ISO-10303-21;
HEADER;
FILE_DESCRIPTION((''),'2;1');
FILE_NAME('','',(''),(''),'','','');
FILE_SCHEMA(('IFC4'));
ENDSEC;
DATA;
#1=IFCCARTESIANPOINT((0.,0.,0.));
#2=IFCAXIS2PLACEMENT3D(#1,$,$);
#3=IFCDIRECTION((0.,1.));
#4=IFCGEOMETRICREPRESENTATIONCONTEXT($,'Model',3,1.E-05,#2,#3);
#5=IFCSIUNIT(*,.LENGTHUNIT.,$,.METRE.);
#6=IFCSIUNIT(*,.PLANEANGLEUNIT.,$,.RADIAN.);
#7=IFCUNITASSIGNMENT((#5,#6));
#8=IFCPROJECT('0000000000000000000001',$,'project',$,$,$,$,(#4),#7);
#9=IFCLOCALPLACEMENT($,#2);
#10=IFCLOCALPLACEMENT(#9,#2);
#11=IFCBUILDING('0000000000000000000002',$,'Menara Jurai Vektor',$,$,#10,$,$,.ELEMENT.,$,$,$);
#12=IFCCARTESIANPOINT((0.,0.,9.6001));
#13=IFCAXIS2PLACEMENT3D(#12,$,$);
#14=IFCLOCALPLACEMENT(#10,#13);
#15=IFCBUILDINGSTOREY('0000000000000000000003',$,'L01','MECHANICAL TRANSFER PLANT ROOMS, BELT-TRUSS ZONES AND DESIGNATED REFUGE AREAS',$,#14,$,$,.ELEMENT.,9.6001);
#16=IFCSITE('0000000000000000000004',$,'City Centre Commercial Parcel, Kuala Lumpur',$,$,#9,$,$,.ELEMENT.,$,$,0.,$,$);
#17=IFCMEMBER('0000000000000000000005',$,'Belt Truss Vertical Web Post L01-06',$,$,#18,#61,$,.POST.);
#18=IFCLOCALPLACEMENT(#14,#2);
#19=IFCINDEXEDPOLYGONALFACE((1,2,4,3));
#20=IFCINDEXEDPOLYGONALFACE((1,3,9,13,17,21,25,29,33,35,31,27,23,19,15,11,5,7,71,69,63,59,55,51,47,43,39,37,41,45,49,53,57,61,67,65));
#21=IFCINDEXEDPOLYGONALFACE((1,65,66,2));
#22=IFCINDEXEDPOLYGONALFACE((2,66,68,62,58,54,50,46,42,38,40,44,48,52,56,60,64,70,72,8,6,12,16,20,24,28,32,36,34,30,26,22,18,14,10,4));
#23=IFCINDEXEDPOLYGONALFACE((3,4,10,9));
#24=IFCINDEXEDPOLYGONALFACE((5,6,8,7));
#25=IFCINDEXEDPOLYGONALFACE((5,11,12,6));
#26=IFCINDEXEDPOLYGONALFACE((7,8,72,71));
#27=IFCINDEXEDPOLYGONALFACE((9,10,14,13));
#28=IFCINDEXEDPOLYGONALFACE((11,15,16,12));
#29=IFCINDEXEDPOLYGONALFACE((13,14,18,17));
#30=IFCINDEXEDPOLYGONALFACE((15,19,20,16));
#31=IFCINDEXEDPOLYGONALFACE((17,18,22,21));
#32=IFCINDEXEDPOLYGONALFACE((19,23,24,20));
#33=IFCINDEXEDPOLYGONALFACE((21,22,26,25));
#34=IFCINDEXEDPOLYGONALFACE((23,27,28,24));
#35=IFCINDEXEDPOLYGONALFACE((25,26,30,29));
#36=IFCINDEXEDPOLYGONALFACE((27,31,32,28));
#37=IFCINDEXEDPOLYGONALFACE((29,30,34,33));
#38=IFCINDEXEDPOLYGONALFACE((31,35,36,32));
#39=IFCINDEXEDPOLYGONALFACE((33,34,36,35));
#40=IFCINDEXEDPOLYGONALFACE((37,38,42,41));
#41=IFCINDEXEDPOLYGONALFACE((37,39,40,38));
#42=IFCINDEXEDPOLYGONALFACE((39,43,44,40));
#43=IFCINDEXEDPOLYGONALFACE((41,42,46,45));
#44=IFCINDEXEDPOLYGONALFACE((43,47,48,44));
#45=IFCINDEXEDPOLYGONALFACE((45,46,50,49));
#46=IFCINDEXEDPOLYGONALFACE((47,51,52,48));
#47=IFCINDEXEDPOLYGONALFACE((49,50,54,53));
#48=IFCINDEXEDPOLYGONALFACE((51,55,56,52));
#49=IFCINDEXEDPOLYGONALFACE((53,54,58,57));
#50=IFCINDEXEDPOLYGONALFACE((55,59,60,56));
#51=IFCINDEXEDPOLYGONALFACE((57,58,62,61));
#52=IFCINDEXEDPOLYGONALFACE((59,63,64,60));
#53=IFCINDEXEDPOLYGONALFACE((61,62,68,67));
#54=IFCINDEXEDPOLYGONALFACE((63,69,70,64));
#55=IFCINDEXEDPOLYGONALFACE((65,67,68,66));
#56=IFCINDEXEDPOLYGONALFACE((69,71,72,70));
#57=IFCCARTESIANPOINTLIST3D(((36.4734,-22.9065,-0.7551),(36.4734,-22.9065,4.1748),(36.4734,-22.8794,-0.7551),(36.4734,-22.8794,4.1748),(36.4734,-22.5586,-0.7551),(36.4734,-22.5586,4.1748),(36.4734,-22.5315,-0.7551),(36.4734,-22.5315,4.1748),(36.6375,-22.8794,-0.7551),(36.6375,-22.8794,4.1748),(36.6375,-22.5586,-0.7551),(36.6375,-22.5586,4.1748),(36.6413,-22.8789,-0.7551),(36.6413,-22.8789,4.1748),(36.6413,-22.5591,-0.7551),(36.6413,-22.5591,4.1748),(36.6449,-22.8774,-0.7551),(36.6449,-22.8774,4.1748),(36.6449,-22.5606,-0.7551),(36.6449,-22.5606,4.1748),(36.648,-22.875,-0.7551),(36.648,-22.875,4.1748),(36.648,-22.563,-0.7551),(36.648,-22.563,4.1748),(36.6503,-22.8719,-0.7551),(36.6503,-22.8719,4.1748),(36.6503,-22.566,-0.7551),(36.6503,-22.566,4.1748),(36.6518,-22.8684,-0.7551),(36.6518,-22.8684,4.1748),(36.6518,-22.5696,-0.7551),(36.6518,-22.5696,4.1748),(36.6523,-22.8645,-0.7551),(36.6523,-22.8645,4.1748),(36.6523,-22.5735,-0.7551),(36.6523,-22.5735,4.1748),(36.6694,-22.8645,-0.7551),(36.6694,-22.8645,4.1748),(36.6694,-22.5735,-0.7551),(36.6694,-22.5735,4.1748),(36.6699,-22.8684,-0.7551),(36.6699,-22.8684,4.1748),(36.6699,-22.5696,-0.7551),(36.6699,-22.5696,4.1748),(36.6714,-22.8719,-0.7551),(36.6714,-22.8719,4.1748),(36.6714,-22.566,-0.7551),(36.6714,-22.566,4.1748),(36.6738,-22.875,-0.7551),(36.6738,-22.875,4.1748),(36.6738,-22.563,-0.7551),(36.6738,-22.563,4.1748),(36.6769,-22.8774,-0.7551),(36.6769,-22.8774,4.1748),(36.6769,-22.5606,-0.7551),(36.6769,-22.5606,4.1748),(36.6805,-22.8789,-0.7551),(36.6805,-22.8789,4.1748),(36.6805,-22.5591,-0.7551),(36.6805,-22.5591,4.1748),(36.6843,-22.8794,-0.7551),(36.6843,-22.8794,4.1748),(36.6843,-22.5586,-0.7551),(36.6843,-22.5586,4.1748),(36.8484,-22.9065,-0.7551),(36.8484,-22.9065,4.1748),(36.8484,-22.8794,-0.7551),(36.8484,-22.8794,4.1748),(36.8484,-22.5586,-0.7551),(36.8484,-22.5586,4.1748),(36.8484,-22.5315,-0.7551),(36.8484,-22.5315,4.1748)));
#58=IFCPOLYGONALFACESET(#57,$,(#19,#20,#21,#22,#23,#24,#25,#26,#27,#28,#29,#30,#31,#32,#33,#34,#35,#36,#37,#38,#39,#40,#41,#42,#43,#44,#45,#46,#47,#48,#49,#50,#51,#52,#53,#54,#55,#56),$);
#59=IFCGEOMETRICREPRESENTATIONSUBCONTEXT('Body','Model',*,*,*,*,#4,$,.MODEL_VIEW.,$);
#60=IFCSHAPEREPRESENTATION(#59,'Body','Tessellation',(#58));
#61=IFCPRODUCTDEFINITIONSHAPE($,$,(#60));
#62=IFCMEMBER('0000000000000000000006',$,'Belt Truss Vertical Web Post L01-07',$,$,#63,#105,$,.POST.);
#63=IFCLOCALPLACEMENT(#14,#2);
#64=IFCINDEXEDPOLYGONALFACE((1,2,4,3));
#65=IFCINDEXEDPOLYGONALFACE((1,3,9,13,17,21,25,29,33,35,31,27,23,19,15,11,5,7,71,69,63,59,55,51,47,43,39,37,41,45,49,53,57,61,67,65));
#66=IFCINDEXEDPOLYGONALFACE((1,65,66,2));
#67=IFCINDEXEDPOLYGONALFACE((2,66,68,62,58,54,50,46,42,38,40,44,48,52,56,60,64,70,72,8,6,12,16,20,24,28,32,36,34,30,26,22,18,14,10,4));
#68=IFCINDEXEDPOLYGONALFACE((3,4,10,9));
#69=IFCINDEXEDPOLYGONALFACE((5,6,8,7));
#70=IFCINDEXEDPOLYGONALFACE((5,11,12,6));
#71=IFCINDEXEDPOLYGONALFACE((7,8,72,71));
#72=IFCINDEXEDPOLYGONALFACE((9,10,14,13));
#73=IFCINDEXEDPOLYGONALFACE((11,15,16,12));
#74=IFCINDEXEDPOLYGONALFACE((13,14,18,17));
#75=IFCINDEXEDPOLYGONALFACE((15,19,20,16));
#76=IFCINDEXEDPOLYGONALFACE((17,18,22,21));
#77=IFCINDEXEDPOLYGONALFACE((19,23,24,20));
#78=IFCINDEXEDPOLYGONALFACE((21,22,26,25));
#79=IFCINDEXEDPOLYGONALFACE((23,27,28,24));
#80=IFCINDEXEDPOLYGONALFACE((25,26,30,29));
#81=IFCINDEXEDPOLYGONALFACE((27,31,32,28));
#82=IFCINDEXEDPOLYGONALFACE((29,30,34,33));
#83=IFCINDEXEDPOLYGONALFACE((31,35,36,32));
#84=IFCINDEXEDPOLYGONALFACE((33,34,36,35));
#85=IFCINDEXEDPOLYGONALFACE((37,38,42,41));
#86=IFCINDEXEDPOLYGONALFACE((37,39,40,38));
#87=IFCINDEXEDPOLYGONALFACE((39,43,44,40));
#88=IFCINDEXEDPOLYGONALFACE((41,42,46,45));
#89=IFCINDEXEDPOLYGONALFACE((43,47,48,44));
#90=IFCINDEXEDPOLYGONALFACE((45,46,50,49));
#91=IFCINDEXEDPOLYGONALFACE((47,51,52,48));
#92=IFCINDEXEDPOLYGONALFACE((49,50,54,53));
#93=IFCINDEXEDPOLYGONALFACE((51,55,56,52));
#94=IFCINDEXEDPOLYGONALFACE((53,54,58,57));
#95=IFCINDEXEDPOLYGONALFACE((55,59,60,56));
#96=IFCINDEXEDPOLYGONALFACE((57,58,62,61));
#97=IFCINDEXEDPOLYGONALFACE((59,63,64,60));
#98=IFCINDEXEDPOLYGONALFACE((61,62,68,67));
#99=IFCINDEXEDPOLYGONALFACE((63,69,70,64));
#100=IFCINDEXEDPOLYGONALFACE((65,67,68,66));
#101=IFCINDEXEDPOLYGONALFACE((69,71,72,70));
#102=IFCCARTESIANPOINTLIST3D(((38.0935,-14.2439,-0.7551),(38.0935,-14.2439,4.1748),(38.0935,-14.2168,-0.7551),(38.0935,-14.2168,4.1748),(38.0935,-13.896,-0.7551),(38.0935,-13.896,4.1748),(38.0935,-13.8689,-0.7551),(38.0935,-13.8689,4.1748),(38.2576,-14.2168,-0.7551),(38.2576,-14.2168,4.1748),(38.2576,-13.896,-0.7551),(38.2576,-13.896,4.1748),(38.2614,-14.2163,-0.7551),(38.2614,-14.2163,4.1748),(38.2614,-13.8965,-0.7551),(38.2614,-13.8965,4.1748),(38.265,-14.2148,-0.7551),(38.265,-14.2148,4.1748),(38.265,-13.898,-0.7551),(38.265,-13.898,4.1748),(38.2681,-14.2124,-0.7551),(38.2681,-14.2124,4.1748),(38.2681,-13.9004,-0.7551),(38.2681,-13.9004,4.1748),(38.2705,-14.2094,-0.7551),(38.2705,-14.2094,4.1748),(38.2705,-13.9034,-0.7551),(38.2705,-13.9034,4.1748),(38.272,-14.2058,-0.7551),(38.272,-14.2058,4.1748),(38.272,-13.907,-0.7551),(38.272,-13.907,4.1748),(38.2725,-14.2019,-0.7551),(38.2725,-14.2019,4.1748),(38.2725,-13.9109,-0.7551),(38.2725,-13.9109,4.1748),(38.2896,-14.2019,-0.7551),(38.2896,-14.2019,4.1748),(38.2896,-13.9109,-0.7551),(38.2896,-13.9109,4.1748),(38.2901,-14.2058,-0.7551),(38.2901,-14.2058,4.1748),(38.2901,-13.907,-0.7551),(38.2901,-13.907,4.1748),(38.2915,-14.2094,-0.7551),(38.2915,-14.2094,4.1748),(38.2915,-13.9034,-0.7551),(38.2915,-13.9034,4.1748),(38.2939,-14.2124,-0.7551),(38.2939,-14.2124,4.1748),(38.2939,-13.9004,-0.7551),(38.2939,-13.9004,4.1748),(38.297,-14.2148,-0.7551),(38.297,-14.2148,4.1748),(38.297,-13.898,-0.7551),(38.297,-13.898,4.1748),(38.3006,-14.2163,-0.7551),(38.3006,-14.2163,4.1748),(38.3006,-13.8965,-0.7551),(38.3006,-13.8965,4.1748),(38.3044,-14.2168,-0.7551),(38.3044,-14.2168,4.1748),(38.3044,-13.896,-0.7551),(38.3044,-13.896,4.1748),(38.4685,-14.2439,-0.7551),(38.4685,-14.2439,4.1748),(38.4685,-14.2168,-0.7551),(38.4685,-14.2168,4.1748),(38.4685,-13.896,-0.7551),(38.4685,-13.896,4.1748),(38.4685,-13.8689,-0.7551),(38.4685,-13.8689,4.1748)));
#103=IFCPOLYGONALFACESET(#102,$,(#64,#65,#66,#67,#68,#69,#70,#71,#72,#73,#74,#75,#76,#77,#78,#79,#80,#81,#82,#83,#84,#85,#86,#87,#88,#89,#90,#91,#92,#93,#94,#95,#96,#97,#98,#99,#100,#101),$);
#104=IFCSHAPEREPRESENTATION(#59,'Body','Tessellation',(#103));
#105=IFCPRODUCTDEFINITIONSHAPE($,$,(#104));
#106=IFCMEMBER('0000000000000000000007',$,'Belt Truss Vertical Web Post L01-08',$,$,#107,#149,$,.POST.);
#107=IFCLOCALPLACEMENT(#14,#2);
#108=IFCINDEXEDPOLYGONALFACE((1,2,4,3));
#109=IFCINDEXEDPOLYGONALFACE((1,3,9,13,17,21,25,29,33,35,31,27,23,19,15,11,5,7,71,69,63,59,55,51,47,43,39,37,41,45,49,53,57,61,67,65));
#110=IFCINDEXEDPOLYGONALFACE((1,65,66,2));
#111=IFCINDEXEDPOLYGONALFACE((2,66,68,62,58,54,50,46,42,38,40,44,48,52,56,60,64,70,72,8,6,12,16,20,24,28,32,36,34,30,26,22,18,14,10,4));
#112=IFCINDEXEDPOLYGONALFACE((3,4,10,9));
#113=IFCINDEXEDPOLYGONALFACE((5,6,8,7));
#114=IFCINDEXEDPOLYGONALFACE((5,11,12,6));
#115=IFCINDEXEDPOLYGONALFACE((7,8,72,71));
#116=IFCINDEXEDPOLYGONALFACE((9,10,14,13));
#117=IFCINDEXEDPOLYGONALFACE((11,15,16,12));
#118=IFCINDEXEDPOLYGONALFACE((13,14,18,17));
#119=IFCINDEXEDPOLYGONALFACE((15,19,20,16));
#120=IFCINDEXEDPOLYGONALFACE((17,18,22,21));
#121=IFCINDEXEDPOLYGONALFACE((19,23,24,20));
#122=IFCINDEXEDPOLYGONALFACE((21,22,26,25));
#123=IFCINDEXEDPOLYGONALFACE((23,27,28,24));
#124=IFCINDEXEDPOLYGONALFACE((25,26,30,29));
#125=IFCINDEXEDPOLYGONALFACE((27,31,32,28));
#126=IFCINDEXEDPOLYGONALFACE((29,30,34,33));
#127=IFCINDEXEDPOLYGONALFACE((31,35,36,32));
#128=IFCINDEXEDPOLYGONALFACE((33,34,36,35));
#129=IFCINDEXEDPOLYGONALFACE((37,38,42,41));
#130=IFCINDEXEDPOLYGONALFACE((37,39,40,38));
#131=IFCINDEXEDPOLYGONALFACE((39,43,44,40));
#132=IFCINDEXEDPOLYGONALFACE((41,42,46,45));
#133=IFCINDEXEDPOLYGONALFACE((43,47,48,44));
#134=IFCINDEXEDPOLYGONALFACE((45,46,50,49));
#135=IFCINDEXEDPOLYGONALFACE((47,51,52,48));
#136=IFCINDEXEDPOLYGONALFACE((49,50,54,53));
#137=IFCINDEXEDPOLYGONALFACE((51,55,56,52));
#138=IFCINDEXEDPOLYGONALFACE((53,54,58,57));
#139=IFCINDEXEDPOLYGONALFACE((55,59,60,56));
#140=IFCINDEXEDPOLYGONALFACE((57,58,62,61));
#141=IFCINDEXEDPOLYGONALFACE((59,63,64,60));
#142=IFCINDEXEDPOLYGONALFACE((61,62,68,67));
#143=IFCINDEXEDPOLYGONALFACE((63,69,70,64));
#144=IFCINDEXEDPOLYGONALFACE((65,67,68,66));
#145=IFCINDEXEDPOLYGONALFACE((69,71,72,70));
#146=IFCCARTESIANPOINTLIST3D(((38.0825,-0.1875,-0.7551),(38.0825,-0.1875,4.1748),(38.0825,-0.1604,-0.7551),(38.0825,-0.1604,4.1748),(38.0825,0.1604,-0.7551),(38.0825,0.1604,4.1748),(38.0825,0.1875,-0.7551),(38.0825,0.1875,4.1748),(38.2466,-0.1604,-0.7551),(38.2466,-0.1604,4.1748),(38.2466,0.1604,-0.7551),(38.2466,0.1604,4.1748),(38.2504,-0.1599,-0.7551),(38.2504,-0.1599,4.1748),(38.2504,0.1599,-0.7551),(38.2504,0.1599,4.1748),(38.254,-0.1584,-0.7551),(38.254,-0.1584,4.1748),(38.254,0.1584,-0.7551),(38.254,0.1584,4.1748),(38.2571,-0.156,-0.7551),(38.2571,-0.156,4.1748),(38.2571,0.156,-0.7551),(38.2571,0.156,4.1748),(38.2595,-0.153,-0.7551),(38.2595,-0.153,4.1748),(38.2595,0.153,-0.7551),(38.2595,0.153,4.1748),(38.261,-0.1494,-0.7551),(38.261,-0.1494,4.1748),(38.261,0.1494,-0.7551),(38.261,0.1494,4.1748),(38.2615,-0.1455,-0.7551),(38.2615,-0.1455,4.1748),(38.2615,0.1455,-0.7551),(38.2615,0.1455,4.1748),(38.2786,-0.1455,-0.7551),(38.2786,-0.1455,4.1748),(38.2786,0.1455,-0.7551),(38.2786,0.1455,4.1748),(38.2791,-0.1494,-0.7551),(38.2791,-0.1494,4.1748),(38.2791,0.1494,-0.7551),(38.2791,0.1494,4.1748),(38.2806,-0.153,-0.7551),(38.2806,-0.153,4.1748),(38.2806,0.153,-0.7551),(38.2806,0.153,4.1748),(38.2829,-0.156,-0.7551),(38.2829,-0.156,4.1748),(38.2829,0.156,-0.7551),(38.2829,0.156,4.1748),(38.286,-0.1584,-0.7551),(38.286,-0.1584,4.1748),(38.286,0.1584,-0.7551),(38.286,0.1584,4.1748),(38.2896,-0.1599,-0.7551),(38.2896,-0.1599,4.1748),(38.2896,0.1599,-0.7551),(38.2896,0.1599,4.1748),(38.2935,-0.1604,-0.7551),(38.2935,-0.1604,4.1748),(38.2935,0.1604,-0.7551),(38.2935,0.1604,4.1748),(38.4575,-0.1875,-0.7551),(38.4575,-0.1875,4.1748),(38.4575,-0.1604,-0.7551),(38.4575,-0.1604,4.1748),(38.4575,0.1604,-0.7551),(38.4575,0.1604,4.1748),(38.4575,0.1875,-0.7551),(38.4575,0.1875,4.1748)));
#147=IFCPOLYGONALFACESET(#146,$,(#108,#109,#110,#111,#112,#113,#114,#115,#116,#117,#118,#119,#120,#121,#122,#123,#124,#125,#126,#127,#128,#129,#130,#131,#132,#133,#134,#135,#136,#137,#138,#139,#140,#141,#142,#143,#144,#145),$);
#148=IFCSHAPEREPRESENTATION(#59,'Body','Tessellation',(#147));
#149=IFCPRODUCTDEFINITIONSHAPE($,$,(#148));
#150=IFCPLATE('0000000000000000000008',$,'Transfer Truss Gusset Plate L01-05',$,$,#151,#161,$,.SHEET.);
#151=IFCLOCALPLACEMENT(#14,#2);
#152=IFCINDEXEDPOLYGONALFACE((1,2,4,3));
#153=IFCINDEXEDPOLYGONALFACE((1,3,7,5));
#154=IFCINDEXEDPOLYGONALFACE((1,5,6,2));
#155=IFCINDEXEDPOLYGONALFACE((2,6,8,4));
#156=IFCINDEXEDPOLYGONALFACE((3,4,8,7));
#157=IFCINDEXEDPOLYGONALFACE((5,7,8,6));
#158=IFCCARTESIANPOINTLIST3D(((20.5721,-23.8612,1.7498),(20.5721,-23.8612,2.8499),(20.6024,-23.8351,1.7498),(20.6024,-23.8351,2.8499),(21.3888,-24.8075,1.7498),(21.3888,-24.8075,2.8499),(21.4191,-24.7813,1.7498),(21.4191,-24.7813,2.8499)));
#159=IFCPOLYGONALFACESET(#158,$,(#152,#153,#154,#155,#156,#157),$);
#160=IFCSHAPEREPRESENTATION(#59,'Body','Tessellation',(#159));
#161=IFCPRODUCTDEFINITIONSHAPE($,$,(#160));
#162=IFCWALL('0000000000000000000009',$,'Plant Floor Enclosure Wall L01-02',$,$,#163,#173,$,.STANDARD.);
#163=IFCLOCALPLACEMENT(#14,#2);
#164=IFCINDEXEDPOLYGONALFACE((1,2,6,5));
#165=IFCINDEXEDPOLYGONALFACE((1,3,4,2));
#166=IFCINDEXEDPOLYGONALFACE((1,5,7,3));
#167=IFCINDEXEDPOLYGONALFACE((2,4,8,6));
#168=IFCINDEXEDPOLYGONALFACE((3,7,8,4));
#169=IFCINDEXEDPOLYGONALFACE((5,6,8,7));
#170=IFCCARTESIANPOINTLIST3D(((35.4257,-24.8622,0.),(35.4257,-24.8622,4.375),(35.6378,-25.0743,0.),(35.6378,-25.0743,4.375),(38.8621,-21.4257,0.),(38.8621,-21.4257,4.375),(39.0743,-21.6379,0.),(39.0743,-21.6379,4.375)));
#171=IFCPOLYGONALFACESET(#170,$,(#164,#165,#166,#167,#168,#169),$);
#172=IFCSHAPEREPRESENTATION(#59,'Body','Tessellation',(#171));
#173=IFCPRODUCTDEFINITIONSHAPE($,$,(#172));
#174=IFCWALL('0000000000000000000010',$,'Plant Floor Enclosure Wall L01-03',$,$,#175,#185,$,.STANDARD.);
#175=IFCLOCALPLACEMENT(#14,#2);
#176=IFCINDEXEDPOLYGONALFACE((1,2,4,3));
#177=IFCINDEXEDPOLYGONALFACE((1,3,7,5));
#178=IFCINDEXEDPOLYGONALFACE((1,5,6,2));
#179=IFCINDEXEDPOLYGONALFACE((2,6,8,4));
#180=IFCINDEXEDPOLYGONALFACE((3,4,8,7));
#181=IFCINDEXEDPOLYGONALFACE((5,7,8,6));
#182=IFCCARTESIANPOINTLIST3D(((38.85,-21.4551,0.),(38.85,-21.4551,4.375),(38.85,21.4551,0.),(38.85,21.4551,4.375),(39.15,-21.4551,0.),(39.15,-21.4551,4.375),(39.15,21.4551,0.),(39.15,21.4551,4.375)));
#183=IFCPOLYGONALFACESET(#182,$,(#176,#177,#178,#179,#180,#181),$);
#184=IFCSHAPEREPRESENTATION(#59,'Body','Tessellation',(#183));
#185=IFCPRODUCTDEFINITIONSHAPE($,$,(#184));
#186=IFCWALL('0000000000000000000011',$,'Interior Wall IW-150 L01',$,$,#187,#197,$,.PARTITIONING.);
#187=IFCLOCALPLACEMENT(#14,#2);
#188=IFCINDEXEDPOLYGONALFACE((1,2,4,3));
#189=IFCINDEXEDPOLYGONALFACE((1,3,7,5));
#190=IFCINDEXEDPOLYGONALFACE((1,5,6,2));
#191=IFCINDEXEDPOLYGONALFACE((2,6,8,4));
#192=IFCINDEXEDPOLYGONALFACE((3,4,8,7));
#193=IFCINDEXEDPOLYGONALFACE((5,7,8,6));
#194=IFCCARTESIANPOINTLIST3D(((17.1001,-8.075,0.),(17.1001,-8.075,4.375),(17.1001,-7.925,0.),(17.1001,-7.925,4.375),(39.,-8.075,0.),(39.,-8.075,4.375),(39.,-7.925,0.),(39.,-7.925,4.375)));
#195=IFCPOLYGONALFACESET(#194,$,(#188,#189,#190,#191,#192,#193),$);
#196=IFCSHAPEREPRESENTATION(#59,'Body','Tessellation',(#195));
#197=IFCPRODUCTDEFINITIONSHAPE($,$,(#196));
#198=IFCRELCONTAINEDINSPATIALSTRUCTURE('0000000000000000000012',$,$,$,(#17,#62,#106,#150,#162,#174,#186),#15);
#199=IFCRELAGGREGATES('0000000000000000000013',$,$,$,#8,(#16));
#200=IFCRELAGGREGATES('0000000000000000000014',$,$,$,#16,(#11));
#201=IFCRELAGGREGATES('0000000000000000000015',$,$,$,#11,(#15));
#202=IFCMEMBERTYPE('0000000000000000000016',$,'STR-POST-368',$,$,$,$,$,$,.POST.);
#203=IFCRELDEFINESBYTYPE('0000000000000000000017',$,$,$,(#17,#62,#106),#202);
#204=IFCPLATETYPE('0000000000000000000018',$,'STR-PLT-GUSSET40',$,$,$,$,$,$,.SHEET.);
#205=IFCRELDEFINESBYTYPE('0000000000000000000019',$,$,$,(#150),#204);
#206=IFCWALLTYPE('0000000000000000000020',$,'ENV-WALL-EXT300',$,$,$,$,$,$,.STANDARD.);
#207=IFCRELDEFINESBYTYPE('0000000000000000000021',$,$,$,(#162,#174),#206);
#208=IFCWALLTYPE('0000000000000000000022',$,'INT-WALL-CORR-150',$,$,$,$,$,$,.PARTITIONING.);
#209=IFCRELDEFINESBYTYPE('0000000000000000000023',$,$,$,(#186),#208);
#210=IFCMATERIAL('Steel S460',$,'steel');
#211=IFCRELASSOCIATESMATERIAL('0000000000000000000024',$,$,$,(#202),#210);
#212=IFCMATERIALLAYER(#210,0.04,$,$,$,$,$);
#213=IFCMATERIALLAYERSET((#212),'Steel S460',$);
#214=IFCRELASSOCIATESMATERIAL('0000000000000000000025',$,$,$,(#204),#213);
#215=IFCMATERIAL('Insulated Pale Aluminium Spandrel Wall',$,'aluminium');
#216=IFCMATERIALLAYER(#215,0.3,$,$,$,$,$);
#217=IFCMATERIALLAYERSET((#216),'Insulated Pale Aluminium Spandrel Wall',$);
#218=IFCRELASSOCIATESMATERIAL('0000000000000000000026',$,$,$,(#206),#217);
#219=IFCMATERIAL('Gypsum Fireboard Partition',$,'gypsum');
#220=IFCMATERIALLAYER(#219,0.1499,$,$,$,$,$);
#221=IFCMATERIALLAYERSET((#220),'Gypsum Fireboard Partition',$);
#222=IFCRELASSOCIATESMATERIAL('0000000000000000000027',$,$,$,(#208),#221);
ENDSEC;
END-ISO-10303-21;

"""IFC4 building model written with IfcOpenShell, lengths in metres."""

from ifc_helpers import new_model, si_unit, direction, frame, frame_2d, origin, origin_2d, place, context, subcontext, project, spatial, rectangle, i_section, extrude, material, layer, layer_set, material_profile, profile_set, type_object, element, save


model = new_model("IFC4")

# Units and contexts
model_context = context("Model", 3, precision=1e-05, world=origin(), true_north=direction((0.0, 1.0)))
body_context = subcontext(model_context, "Body", "Model", "MODEL_VIEW")
ifc_project = project(units=[si_unit("LENGTHUNIT", "METRE"), si_unit("PLANEANGLEUNIT", "RADIAN")], contexts=[model_context])

# Site, building, storey
site_placement = place(None, origin())
site = spatial("IfcSite", under=ifc_project, at=site_placement, Name="City Centre Commercial Parcel, Kuala Lumpur", CompositionType="ELEMENT", RefElevation=0.0)
building_placement = place(site_placement, origin())
building = spatial("IfcBuilding", under=site, at=building_placement, Name="Menara Jurai Vektor", CompositionType="ELEMENT")
storey_placement = place(building_placement, frame((0.0, 0.0, 9.6001)))
storey = spatial("IfcBuildingStorey", under=building, at=storey_placement, Name="L01", Description="MECHANICAL TRANSFER PLANT ROOMS, BELT-TRUSS ZONES AND DESIGNATED REFUGE AREAS", CompositionType="ELEMENT", Elevation=9.6001)

# Shared definitions
ifc_material_1 = material(Name="Steel S460", Category="steel")

# Members
ifc_material_profile_1 = material_profile(ifc_material_1, i_section(OverallWidth=0.375, OverallDepth=0.375, WebThickness=0.0171, FlangeThickness=0.0271, FilletRadius=0.0149, at=origin_2d()), Name="UKC 356x368x202")
ifc_profile_set_1 = profile_set([ifc_material_profile_1], Name="Steel S460")
member_type_1 = type_object("IfcMemberType", Name="STR-POST-368", PredefinedType="POST", material=ifc_profile_set_1)
for number, where, z_axis, x_axis, name in (
    (1, (36.6609, -22.719, -0.7551), (0.0, 0.0, 1.0), (1.0, 0.0, 0.0), "Belt Truss Vertical Web Post L01-06"),
    (2, (38.281, -14.0564, -0.7551), (0.0, 0.0, 1.0), (1.0, 0.0, 0.0), "Belt Truss Vertical Web Post L01-07"),
    (3, (38.27, 0.0, -0.7551), (0.0, 0.0, 1.0), (1.0, 0.0, 0.0), "Belt Truss Vertical Web Post L01-08"),
):
    element("IfcMember", number, at=place(storey_placement, frame(where, z_axis=z_axis, x_axis=x_axis)), inside=storey, type_object=member_type_1, Name=name, PredefinedType="POST", context=body_context, shape_type="SweptSolid", body=[
        extrude(i_section(OverallWidth=0.375, OverallDepth=0.375, WebThickness=0.0171, FlangeThickness=0.0271, FilletRadius=0.0149, at=origin_2d()), origin(), (0.0, 0.0, 1.0), 4.9299),
    ])

# Plate
ifc_layer_1 = layer(ifc_material_1, 0.04)
ifc_layer_set_1 = layer_set([ifc_layer_1], Name="Steel S460")
plate_type = type_object("IfcPlateType", Name="STR-PLT-GUSSET40", PredefinedType="SHEET", material=ifc_layer_set_1)
plate_placement = place(storey_placement, frame((20.9956, -24.3213, 1.7498), z_axis=(0.0, 0.0, 1.0), x_axis=(-0.653421, 0.756995, 0.0)))
element("IfcPlate", 4, at=plate_placement, inside=storey, type_object=plate_type, Name="Transfer Truss Gusset Plate L01-05", PredefinedType="SHEET", context=body_context, shape_type="SweptSolid", body=[
    extrude(rectangle(XDim=1.25, YDim=0.04, at=origin_2d()), origin(), (0.0, 0.0, 1.0), 1.1001),
])

# Walls
ifc_material_2 = material(Name="Insulated Pale Aluminium Spandrel Wall", Category="aluminium")
ifc_layer_2 = layer(ifc_material_2, 0.3)
ifc_layer_set_2 = layer_set([ifc_layer_2], Name="Insulated Pale Aluminium Spandrel Wall")
wall_type_1 = type_object("IfcWallType", Name="ENV-WALL-EXT300", PredefinedType="STANDARD", material=ifc_layer_set_2)
wall_1_placement = place(storey_placement, frame((35.5317, -24.9683, 0.0), z_axis=(0.0, 0.0, 1.0), x_axis=(0.707107, 0.707107, 0.0)))
element("IfcWall", 5, at=wall_1_placement, inside=storey, type_object=wall_type_1, Name="Plant Floor Enclosure Wall L01-02", PredefinedType="STANDARD", context=body_context, shape_type="SweptSolid", body=[
    extrude(rectangle(XDim=4.8599, YDim=0.3, at=frame_2d((2.4299, 0.0))), origin(), (0.0, 0.0, 1.0), 4.375),
])
wall_2_placement = place(storey_placement, frame((39.0, -21.4551, 0.0), z_axis=(0.0, 0.0, 1.0), x_axis=(0.0, 1.0, 0.0)))
element("IfcWall", 6, at=wall_2_placement, inside=storey, type_object=wall_type_1, Name="Plant Floor Enclosure Wall L01-03", PredefinedType="STANDARD", context=body_context, shape_type="SweptSolid", body=[
    extrude(rectangle(XDim=42.9102, YDim=0.3, at=frame_2d((21.4551, 0.0))), origin(), (0.0, 0.0, 1.0), 4.375),
])
ifc_material_3 = material(Name="Gypsum Fireboard Partition", Category="gypsum")
ifc_layer_3 = layer(ifc_material_3, 0.1499)
ifc_layer_set_3 = layer_set([ifc_layer_3], Name="Gypsum Fireboard Partition")
wall_type_2 = type_object("IfcWallType", Name="INT-WALL-CORR-150", PredefinedType="PARTITIONING", material=ifc_layer_set_3)
wall_3_placement = place(storey_placement, frame((17.1001, -8.0, 0.0), z_axis=(0.0, 0.0, 1.0), x_axis=(1.0, 0.0, 0.0)))
element("IfcWall", 7, at=wall_3_placement, inside=storey, type_object=wall_type_2, Name="Interior Wall IW-150 L01", PredefinedType="PARTITIONING", context=body_context, shape_type="SweptSolid", body=[
    extrude(rectangle(XDim=21.8999, YDim=0.1499, at=frame_2d((10.95, 0.0))), origin(), (0.0, 0.0, 1.0), 4.375),
])

save(model, "model.ifc")
